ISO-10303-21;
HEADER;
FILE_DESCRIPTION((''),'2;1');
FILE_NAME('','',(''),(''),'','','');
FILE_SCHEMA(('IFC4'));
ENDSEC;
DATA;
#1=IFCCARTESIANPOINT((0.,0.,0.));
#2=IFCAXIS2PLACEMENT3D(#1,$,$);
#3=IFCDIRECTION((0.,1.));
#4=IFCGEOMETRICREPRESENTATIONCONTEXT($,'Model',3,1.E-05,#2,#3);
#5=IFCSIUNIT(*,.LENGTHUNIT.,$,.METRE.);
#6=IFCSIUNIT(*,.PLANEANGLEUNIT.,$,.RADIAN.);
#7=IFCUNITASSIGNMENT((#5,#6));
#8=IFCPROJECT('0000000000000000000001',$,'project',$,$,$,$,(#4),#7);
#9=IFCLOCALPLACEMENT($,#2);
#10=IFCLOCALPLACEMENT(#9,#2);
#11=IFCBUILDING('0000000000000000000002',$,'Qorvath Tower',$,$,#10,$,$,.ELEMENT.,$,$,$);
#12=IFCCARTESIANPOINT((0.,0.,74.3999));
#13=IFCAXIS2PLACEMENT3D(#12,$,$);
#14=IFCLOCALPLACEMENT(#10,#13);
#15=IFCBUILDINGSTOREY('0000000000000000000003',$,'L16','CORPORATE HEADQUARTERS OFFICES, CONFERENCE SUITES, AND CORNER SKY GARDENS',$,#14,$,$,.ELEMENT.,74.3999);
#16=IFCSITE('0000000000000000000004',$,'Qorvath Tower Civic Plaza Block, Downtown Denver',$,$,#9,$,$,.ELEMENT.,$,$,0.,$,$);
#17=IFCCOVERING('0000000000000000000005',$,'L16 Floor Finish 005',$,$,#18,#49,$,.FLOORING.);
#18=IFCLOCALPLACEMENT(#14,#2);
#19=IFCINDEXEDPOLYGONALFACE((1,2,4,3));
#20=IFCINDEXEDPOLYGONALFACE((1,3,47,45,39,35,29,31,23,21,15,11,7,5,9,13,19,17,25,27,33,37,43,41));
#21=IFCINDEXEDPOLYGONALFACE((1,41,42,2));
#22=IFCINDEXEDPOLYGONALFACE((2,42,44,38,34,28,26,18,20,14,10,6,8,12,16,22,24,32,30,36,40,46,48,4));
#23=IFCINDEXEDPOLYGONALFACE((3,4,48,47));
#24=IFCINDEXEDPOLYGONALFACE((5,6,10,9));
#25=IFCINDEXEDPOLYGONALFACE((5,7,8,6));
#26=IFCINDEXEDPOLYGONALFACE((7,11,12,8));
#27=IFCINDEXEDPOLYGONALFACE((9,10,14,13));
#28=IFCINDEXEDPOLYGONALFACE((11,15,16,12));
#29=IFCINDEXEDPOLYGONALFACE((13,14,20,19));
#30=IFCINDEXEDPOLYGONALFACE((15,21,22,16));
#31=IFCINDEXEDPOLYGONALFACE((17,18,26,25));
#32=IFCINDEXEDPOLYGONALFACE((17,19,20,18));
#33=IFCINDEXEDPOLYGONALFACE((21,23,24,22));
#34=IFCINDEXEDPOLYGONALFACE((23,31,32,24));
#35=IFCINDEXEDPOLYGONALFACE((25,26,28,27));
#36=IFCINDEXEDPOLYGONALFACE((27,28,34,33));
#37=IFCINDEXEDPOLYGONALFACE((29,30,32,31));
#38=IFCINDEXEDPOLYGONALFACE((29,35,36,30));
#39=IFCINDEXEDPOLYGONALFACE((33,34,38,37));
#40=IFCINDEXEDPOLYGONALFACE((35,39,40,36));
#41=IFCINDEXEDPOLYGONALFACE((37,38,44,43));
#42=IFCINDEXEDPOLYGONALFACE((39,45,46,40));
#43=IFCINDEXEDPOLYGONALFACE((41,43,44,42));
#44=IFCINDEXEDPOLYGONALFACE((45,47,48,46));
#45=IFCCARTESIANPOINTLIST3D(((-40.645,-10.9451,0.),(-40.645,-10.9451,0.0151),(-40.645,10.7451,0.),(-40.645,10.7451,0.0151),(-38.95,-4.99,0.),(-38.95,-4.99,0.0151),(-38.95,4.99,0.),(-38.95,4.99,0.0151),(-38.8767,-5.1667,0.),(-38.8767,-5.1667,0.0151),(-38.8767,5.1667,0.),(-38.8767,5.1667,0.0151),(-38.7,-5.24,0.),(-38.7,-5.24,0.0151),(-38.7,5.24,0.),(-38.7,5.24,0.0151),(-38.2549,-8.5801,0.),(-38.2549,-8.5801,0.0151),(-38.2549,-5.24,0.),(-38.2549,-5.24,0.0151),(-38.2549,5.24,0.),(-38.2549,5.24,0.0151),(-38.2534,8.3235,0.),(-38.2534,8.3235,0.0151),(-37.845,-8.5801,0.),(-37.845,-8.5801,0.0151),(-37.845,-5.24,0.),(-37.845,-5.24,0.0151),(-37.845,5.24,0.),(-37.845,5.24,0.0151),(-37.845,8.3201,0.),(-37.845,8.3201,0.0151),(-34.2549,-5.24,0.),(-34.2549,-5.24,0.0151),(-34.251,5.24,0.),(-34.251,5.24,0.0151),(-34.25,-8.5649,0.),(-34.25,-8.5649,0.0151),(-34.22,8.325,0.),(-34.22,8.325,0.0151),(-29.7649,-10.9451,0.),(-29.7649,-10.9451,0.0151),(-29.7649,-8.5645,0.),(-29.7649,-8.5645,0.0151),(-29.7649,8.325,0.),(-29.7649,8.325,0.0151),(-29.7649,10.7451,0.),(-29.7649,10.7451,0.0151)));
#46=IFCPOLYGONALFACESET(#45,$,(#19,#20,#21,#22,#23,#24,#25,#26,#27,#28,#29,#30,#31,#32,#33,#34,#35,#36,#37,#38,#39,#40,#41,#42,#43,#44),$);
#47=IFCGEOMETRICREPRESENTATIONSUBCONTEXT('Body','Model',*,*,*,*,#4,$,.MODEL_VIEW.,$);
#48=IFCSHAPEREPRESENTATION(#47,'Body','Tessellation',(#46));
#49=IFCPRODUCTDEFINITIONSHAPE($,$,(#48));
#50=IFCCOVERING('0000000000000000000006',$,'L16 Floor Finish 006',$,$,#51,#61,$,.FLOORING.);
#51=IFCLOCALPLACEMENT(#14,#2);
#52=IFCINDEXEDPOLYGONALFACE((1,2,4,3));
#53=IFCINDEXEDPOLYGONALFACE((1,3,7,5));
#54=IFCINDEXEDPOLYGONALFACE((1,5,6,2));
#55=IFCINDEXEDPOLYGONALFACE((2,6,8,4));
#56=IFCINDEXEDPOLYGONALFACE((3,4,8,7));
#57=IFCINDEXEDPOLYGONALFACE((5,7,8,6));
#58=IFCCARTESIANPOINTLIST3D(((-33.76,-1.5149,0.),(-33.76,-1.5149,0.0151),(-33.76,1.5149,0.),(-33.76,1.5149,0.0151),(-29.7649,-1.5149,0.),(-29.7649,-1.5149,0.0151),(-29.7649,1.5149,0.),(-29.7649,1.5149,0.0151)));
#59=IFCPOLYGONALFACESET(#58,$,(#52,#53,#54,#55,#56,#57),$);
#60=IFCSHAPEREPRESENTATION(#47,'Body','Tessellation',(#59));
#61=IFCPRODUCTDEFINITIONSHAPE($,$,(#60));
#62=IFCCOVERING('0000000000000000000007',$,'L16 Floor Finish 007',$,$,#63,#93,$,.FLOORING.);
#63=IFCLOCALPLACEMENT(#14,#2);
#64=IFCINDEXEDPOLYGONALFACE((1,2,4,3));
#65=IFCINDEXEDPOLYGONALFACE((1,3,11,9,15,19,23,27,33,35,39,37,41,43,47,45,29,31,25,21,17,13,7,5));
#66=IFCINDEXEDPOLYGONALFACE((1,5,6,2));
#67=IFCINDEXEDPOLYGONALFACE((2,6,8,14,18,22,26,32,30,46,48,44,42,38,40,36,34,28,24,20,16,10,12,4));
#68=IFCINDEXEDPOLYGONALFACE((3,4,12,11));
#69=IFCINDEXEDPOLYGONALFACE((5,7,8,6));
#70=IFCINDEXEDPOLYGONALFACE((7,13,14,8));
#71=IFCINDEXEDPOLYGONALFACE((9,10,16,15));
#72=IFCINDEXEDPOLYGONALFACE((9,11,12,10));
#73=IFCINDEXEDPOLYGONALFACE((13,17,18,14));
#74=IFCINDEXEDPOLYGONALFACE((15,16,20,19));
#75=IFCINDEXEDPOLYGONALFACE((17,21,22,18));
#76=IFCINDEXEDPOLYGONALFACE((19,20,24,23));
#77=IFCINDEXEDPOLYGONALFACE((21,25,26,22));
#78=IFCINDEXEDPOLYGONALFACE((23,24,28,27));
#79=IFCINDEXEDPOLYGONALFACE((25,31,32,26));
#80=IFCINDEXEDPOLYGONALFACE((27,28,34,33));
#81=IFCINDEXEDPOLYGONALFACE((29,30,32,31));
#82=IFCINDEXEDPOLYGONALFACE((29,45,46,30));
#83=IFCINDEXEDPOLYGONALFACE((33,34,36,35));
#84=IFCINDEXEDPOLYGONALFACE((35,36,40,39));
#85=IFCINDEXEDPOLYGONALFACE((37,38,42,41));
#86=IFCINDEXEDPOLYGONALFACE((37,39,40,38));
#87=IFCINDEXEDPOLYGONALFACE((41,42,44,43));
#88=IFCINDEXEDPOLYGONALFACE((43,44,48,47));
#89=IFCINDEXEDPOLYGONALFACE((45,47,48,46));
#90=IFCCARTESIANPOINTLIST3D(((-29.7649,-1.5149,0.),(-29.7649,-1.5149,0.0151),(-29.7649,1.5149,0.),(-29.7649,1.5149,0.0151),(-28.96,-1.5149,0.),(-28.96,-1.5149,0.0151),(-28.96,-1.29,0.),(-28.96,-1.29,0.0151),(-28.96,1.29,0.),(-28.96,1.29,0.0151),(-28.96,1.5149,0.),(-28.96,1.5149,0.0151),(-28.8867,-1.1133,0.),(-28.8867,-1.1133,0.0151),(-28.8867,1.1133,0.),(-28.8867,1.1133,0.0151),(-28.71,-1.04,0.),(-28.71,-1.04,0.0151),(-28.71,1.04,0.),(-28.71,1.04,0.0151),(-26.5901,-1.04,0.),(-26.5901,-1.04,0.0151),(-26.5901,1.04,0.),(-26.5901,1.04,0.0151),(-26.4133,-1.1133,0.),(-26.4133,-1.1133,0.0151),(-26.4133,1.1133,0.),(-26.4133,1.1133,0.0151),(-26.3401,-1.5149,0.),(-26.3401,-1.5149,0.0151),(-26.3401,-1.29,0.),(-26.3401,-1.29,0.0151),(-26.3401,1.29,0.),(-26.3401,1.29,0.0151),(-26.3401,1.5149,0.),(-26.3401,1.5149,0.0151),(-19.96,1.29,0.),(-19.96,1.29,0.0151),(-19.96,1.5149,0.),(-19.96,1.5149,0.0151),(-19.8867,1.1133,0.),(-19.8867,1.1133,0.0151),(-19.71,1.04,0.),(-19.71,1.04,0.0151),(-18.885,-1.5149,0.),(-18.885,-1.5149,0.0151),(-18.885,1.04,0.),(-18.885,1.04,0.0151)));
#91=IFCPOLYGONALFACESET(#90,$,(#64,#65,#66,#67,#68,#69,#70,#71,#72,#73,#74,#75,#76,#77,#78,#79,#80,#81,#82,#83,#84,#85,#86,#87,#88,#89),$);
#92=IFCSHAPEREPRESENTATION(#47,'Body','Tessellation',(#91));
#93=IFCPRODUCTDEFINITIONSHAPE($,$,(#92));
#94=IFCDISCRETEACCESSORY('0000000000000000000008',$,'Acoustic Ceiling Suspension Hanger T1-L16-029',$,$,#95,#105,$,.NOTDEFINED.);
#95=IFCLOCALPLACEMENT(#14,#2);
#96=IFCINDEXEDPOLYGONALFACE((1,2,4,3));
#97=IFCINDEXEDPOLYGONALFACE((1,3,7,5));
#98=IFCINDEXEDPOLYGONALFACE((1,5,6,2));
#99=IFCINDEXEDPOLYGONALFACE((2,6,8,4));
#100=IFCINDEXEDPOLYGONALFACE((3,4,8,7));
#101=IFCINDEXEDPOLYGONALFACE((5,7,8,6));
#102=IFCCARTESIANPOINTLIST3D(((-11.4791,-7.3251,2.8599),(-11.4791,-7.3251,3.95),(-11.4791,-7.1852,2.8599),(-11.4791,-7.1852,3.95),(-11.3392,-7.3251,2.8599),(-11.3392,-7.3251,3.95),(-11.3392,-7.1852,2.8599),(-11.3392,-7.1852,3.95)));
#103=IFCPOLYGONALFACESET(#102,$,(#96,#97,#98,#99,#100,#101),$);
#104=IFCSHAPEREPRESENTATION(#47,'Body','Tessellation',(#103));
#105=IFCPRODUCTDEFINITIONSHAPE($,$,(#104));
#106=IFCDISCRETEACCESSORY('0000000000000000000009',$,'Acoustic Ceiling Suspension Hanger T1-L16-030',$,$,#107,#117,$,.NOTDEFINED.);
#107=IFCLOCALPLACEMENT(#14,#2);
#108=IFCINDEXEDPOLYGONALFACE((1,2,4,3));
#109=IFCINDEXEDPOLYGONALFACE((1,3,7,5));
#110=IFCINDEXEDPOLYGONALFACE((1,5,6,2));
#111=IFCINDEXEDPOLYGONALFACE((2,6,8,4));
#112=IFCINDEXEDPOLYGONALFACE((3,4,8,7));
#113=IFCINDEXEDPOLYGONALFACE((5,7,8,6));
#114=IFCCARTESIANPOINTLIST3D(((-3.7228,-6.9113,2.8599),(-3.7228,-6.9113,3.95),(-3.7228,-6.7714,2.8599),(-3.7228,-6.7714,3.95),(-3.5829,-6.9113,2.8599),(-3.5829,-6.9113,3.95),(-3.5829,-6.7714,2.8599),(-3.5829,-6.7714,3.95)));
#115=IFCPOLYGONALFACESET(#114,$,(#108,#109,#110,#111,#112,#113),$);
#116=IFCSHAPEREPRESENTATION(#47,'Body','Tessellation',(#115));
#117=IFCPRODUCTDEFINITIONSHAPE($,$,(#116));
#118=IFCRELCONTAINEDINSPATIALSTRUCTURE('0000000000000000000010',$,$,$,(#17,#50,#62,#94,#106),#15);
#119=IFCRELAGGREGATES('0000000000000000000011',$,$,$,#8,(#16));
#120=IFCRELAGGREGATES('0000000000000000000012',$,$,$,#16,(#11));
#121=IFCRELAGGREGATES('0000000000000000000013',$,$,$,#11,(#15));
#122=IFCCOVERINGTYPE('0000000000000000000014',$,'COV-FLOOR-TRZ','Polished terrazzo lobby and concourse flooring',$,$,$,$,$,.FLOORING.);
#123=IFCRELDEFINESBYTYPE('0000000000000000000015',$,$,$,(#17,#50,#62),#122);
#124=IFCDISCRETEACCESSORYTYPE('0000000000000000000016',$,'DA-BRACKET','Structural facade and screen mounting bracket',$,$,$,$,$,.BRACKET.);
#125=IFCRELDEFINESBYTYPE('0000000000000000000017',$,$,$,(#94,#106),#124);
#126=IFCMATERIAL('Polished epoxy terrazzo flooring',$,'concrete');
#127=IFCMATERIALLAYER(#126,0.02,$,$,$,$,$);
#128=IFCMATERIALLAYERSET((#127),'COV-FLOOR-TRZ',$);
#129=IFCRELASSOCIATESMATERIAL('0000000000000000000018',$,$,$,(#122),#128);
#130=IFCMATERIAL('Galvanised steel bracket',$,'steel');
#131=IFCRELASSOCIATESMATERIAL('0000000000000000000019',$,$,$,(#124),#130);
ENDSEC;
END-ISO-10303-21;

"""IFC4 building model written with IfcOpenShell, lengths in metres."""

from ifc_helpers import new_model, si_unit, direction, frame, origin, origin_2d, place, context, subcontext, project, spatial, polyline, rectangle, outline, extrude, material, layer, layer_set, type_object, element, save


model = new_model("IFC4")

# Units and contexts
model_context = context("Model", 3, precision=1e-05, world=origin(), true_north=direction((0.0, 1.0)))
body_context = subcontext(model_context, "Body", "Model", "MODEL_VIEW")
ifc_project = project(units=[si_unit("LENGTHUNIT", "METRE"), si_unit("PLANEANGLEUNIT", "RADIAN")], contexts=[model_context])

# Site, building, storey
site_placement = place(None, origin())
site = spatial("IfcSite", under=ifc_project, at=site_placement, Name="Qorvath Tower Civic Plaza Block, Downtown Denver", CompositionType="ELEMENT", RefElevation=0.0)
building_placement = place(site_placement, origin())
building = spatial("IfcBuilding", under=site, at=building_placement, Name="Qorvath Tower", CompositionType="ELEMENT")
storey_placement = place(building_placement, frame((0.0, 0.0, 74.3999)))
storey = spatial("IfcBuildingStorey", under=building, at=storey_placement, Name="L16", Description="CORPORATE HEADQUARTERS OFFICES, CONFERENCE SUITES, AND CORNER SKY GARDENS", CompositionType="ELEMENT", Elevation=74.3999)

# Coverings
ifc_material_1 = material(Name="Polished epoxy terrazzo flooring", Category="concrete")
ifc_layer_1 = layer(ifc_material_1, 0.02)
ifc_layer_set_1 = layer_set([ifc_layer_1], Name="COV-FLOOR-TRZ")
covering_type_1 = type_object("IfcCoveringType", Name="COV-FLOOR-TRZ", Description="Polished terrazzo lobby and concourse flooring", PredefinedType="FLOORING", material=ifc_layer_set_1)
covering_1_placement = place(storey_placement, origin())
element("IfcCovering", 1, at=covering_1_placement, inside=storey, type_object=covering_type_1, Name="L16 Floor Finish 005", PredefinedType="FLOORING", context=body_context, shape_type="SweptSolid", body=[
    extrude(outline(polyline([(-29.7649, -10.9451), (-29.7649, -8.5645), (-34.25, -8.5649), (-34.2549, -5.24), (-37.845, -5.24), (-37.845, -8.5801), (-38.2549, -8.5801), (-38.2549, -5.24), (-38.7, -5.24), (-38.8767, -5.1667), (-38.95, -4.99), (-38.95, 4.99), (-38.8767, 5.1667), (-38.7, 5.24), (-38.2549, 5.24), (-38.2534, 8.3235), (-37.845, 8.3201), (-37.845, 5.24), (-34.251, 5.24), (-34.22, 8.325), (-29.7649, 8.325), (-29.7649, 10.7451), (-40.645, 10.7451), (-40.645, -10.9451), (-29.7649, -10.9451)])), origin(), (0.0, 0.0, 1.0), 0.0151),
])
covering_2_placement = place(storey_placement, origin())
element("IfcCovering", 2, at=covering_2_placement, inside=storey, type_object=covering_type_1, Name="L16 Floor Finish 006", PredefinedType="FLOORING", context=body_context, shape_type="SweptSolid", body=[
    extrude(outline(polyline([(-29.7649, -1.5149), (-29.7649, 1.5149), (-33.76, 1.5149), (-33.76, -1.5149), (-29.7649, -1.5149)])), origin(), (0.0, 0.0, 1.0), 0.0151),
])
covering_3_placement = place(storey_placement, origin())
element("IfcCovering", 3, at=covering_3_placement, inside=storey, type_object=covering_type_1, Name="L16 Floor Finish 007", PredefinedType="FLOORING", context=body_context, shape_type="SweptSolid", body=[
    extrude(outline(polyline([(-18.885, -1.5149), (-18.885, 1.04), (-19.71, 1.04), (-19.8867, 1.1133), (-19.96, 1.29), (-19.96, 1.5149), (-26.3401, 1.5149), (-26.3401, 1.29), (-26.4133, 1.1133), (-26.5901, 1.04), (-28.71, 1.04), (-28.8867, 1.1133), (-28.96, 1.29), (-28.96, 1.5149), (-29.7649, 1.5149), (-29.7649, -1.5149), (-28.96, -1.5149), (-28.96, -1.29), (-28.8867, -1.1133), (-28.71, -1.04), (-26.5901, -1.04), (-26.4133, -1.1133), (-26.3401, -1.29), (-26.3401, -1.5149), (-18.885, -1.5149)])), origin(), (0.0, 0.0, 1.0), 0.0151),
])

# Discrete accessories
ifc_material_2 = material(Name="Galvanised steel bracket", Category="steel")
discrete_accessory_type = type_object("IfcDiscreteAccessoryType", Name="DA-BRACKET", Description="Structural facade and screen mounting bracket", PredefinedType="BRACKET", material=ifc_material_2)
for number, where, z_axis, x_axis, name in (
    (4, (-11.4092, -7.2551, 2.8599), (0.0, 0.0, 1.0), (1.0, 0.0, 0.0), "Acoustic Ceiling Suspension Hanger T1-L16-029"),
    (5, (-3.6528, -6.8413, 2.8599), (0.0, 0.0, 1.0), (1.0, 0.0, 0.0), "Acoustic Ceiling Suspension Hanger T1-L16-030"),
):
    element("IfcDiscreteAccessory", number, at=place(storey_placement, frame(where, z_axis=z_axis, x_axis=x_axis)), inside=storey, type_object=discrete_accessory_type, Name=name, PredefinedType="NOTDEFINED", context=body_context, shape_type="SweptSolid", body=[
        extrude(rectangle(XDim=0.1399, YDim=0.1399, at=origin_2d()), origin(), (0.0, 0.0, 1.0), 1.0901),
    ])

save(model, "model.ifc")
